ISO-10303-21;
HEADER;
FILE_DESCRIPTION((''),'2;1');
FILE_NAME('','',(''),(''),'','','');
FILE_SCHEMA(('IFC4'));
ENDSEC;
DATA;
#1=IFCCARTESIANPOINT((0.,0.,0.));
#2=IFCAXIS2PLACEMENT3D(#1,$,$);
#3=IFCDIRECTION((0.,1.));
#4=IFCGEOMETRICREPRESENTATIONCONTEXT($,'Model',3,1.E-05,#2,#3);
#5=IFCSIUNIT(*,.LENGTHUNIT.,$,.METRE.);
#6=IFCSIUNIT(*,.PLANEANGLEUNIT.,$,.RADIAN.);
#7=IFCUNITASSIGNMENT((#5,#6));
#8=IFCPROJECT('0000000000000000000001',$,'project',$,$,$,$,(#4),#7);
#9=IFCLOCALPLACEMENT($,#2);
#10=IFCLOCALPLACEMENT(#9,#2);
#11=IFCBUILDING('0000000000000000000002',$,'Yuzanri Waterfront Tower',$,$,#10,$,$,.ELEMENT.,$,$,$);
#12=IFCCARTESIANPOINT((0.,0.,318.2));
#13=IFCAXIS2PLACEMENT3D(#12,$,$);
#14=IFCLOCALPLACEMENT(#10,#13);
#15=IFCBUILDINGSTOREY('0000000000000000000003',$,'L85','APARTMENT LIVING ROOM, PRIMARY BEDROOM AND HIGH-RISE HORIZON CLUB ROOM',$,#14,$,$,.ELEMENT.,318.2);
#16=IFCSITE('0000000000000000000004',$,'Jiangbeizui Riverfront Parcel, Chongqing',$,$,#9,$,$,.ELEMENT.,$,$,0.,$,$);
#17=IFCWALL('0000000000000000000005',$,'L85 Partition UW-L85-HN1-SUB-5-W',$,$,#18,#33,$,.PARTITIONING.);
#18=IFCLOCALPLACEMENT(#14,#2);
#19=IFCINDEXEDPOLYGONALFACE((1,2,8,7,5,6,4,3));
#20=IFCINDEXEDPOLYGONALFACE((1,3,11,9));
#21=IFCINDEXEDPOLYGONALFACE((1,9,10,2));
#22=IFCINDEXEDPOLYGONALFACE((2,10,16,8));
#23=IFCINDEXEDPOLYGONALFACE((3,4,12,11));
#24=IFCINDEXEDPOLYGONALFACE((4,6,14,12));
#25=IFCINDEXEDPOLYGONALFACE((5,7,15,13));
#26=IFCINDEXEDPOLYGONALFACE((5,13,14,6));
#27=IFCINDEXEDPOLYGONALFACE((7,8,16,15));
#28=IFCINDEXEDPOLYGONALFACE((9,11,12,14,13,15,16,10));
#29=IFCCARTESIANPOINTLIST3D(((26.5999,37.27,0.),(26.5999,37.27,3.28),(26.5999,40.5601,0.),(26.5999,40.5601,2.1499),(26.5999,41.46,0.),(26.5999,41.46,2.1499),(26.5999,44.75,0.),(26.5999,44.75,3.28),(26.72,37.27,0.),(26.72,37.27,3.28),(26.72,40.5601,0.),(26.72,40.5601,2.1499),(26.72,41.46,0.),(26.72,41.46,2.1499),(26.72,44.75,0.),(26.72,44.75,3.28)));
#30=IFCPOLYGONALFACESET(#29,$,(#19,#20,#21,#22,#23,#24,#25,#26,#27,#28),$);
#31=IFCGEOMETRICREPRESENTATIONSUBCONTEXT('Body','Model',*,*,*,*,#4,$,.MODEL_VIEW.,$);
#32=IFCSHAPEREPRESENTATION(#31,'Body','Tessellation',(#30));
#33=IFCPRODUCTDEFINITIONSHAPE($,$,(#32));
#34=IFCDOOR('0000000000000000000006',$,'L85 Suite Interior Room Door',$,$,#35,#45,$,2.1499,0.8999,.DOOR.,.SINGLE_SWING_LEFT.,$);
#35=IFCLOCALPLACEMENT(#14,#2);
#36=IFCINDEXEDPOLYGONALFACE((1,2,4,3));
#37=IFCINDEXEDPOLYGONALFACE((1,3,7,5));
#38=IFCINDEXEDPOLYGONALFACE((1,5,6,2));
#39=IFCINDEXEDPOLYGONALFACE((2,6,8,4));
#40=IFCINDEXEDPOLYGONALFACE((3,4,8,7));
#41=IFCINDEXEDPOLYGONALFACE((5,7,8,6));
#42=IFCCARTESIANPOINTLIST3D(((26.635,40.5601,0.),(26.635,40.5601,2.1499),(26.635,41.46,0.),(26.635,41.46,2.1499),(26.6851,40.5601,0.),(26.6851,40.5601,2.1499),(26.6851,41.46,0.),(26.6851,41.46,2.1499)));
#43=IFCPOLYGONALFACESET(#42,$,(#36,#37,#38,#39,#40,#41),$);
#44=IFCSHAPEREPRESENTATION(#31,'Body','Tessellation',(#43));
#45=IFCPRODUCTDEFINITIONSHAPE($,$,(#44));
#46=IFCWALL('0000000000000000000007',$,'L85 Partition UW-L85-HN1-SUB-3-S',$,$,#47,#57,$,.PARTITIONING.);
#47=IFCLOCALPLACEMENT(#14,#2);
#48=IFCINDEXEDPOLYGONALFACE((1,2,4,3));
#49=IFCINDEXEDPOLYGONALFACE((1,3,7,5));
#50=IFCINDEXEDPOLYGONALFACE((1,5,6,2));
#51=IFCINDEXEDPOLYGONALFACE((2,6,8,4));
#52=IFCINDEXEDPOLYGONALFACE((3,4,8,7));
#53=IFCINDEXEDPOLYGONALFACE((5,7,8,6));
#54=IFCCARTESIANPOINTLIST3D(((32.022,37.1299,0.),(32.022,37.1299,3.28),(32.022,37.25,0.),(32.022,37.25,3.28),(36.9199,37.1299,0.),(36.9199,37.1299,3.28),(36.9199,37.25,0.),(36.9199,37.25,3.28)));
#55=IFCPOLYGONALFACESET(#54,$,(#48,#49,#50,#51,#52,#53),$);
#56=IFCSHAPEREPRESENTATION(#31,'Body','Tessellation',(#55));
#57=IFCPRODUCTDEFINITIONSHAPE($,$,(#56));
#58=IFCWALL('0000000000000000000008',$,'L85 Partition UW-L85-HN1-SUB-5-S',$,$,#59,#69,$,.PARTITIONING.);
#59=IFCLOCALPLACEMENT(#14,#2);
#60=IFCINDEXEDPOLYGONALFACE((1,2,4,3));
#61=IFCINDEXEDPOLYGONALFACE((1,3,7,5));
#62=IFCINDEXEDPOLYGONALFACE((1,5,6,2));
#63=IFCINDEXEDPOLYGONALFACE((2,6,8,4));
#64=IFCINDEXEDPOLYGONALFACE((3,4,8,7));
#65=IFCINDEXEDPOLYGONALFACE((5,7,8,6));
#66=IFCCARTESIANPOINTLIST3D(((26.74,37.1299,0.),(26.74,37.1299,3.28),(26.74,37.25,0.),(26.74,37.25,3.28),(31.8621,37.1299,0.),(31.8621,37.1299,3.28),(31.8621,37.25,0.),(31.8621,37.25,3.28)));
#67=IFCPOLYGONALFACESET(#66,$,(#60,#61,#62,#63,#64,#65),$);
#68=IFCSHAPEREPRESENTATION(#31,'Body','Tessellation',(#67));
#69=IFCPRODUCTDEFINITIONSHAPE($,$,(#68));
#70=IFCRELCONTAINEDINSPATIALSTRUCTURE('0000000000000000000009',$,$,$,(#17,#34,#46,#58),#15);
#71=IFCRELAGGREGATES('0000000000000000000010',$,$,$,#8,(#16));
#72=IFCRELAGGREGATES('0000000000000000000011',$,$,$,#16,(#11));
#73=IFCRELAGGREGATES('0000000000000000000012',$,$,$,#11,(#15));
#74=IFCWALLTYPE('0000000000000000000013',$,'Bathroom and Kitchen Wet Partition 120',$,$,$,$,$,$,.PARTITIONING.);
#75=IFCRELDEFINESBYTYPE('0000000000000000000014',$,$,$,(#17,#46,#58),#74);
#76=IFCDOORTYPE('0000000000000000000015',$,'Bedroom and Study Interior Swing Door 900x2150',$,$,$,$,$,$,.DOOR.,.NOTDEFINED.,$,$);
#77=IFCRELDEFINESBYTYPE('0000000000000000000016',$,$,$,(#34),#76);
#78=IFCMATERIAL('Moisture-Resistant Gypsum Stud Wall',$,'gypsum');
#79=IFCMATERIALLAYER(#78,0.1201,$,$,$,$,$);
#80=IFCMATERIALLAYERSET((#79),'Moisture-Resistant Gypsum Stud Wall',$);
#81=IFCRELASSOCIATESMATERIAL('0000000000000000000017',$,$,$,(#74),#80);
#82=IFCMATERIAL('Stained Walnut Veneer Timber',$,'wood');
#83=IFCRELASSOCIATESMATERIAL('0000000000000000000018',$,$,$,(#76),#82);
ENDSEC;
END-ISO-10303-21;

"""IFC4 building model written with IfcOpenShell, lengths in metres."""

from ifc_helpers import new_model, si_unit, direction, frame, frame_2d, origin, place, context, subcontext, project, spatial, rectangle, extrude, source, transform, mapped, material, layer, layer_set, type_object, element, fill, save


model = new_model("IFC4")

# Units and contexts
model_context = context("Model", 3, precision=1e-05, world=origin(), true_north=direction((0.0, 1.0)))
body_context = subcontext(model_context, "Body", "Model", "MODEL_VIEW")
ifc_project = project(units=[si_unit("LENGTHUNIT", "METRE"), si_unit("PLANEANGLEUNIT", "RADIAN")], contexts=[model_context])

# Site, building, storey
site_placement = place(None, origin())
site = spatial("IfcSite", under=ifc_project, at=site_placement, Name="Jiangbeizui Riverfront Parcel, Chongqing", CompositionType="ELEMENT", RefElevation=0.0)
building_placement = place(site_placement, origin())
building = spatial("IfcBuilding", under=site, at=building_placement, Name="Yuzanri Waterfront Tower", CompositionType="ELEMENT")
storey_placement = place(building_placement, frame((0.0, 0.0, 318.2)))
storey = spatial("IfcBuildingStorey", under=building, at=storey_placement, Name="L85", Description="APARTMENT LIVING ROOM, PRIMARY BEDROOM AND HIGH-RISE HORIZON CLUB ROOM", CompositionType="ELEMENT", Elevation=318.2)

# Wall, opening, door
ifc_material_1 = material(Name="Moisture-Resistant Gypsum Stud Wall", Category="gypsum")
ifc_layer_1 = layer(ifc_material_1, 0.1201)
ifc_layer_set_1 = layer_set([ifc_layer_1], Name="Moisture-Resistant Gypsum Stud Wall")
wall_type = type_object("IfcWallType", Name="Bathroom and Kitchen Wet Partition 120", PredefinedType="PARTITIONING", material=ifc_layer_set_1)
ifc_material_2 = material(Name="Stained Walnut Veneer Timber", Category="wood")
door_type_1 = type_object("IfcDoorType", Name="Bedroom and Study Interior Swing Door 900x2150", OperationType="NOTDEFINED", PredefinedType="DOOR", material=ifc_material_2)
shared_shape_1 = source(origin(), body_context, "Body", "SweptSolid", [
    extrude(rectangle(XDim=0.8999, YDim=2.1499, at=frame_2d((0.45, 1.075))), frame((0.0, 0.0249, 0.0), z_axis=(0.0, -1.0, 0.0), x_axis=(1.0, 0.0, 0.0)), (0.0, 0.0, 1.0), 0.05),
])
wall_1_placement = place(storey_placement, frame((26.6599, 37.27, 0.0), z_axis=(0.0, 0.0, 1.0), x_axis=(0.0, 1.0, 0.0)))
wall_1 = element("IfcWall", 1, at=wall_1_placement, inside=storey, type_object=wall_type, Name="L85 Partition UW-L85-HN1-SUB-5-W", PredefinedType="PARTITIONING", context=body_context, shape_type="SweptSolid", body=[
    extrude(rectangle(XDim=7.48, YDim=0.1201, at=frame_2d((3.74, 0.0))), origin(), (0.0, 0.0, 1.0), 3.28),
])
opening_1_placement = place(wall_1_placement, frame((3.29, 0.0, 0.0)))
opening_1 = element("IfcOpeningElement", 2, at=opening_1_placement, cuts=wall_1, PredefinedType="OPENING", context=body_context, shape_type="SweptSolid", body=[
    extrude(rectangle(XDim=0.8999, YDim=2.1499, at=frame_2d((0.45, 1.075))), frame((0.0, 0.075, 0.0), z_axis=(0.0, -1.0, 0.0), x_axis=(1.0, 0.0, 0.0)), (0.0, 0.0, 1.0), 0.1499),
])
door_1_placement = place(opening_1_placement, origin())
door_1 = element("IfcDoor", 3, at=door_1_placement, inside=storey, type_object=door_type_1, Name="L85 Suite Interior Room Door", OperationType="SINGLE_SWING_LEFT", OverallHeight=2.1499, OverallWidth=0.8999, PredefinedType="DOOR", context=body_context, shape_type="MappedRepresentation", body=[
    mapped(shared_shape_1, transform((0.0, 0.0, 0.0), scale=1.0)),
])
fill(opening_1, door_1)

# Walls
shared_shape_2 = source(origin(), body_context, "Body", "SweptSolid", [
    extrude(rectangle(XDim=4.8979, YDim=0.1201, at=frame_2d((2.449, 0.0))), origin(), (0.0, 0.0, 1.0), 3.28),
])
wall_2_placement = place(storey_placement, frame((32.022, 37.1899, 0.0), z_axis=(0.0, 0.0, 1.0), x_axis=(1.0, 0.0, 0.0)))
element("IfcWall", 4, at=wall_2_placement, inside=storey, type_object=wall_type, Name="L85 Partition UW-L85-HN1-SUB-3-S", PredefinedType="PARTITIONING", context=body_context, shape_type="MappedRepresentation", body=[
    mapped(shared_shape_2, transform((0.0, 0.0, 0.0), scale=1.0)),
])
shared_shape_3 = source(origin(), body_context, "Body", "SweptSolid", [
    extrude(rectangle(XDim=5.1221, YDim=0.1201, at=frame_2d((2.561, 0.0))), origin(), (0.0, 0.0, 1.0), 3.28),
])
wall_3_placement = place(storey_placement, frame((26.74, 37.1899, 0.0), z_axis=(0.0, 0.0, 1.0), x_axis=(1.0, 0.0, 0.0)))
element("IfcWall", 5, at=wall_3_placement, inside=storey, type_object=wall_type, Name="L85 Partition UW-L85-HN1-SUB-5-S", PredefinedType="PARTITIONING", context=body_context, shape_type="MappedRepresentation", body=[
    mapped(shared_shape_3, transform((0.0, 0.0, 0.0), scale=1.0)),
])

save(model, "model.ifc")
